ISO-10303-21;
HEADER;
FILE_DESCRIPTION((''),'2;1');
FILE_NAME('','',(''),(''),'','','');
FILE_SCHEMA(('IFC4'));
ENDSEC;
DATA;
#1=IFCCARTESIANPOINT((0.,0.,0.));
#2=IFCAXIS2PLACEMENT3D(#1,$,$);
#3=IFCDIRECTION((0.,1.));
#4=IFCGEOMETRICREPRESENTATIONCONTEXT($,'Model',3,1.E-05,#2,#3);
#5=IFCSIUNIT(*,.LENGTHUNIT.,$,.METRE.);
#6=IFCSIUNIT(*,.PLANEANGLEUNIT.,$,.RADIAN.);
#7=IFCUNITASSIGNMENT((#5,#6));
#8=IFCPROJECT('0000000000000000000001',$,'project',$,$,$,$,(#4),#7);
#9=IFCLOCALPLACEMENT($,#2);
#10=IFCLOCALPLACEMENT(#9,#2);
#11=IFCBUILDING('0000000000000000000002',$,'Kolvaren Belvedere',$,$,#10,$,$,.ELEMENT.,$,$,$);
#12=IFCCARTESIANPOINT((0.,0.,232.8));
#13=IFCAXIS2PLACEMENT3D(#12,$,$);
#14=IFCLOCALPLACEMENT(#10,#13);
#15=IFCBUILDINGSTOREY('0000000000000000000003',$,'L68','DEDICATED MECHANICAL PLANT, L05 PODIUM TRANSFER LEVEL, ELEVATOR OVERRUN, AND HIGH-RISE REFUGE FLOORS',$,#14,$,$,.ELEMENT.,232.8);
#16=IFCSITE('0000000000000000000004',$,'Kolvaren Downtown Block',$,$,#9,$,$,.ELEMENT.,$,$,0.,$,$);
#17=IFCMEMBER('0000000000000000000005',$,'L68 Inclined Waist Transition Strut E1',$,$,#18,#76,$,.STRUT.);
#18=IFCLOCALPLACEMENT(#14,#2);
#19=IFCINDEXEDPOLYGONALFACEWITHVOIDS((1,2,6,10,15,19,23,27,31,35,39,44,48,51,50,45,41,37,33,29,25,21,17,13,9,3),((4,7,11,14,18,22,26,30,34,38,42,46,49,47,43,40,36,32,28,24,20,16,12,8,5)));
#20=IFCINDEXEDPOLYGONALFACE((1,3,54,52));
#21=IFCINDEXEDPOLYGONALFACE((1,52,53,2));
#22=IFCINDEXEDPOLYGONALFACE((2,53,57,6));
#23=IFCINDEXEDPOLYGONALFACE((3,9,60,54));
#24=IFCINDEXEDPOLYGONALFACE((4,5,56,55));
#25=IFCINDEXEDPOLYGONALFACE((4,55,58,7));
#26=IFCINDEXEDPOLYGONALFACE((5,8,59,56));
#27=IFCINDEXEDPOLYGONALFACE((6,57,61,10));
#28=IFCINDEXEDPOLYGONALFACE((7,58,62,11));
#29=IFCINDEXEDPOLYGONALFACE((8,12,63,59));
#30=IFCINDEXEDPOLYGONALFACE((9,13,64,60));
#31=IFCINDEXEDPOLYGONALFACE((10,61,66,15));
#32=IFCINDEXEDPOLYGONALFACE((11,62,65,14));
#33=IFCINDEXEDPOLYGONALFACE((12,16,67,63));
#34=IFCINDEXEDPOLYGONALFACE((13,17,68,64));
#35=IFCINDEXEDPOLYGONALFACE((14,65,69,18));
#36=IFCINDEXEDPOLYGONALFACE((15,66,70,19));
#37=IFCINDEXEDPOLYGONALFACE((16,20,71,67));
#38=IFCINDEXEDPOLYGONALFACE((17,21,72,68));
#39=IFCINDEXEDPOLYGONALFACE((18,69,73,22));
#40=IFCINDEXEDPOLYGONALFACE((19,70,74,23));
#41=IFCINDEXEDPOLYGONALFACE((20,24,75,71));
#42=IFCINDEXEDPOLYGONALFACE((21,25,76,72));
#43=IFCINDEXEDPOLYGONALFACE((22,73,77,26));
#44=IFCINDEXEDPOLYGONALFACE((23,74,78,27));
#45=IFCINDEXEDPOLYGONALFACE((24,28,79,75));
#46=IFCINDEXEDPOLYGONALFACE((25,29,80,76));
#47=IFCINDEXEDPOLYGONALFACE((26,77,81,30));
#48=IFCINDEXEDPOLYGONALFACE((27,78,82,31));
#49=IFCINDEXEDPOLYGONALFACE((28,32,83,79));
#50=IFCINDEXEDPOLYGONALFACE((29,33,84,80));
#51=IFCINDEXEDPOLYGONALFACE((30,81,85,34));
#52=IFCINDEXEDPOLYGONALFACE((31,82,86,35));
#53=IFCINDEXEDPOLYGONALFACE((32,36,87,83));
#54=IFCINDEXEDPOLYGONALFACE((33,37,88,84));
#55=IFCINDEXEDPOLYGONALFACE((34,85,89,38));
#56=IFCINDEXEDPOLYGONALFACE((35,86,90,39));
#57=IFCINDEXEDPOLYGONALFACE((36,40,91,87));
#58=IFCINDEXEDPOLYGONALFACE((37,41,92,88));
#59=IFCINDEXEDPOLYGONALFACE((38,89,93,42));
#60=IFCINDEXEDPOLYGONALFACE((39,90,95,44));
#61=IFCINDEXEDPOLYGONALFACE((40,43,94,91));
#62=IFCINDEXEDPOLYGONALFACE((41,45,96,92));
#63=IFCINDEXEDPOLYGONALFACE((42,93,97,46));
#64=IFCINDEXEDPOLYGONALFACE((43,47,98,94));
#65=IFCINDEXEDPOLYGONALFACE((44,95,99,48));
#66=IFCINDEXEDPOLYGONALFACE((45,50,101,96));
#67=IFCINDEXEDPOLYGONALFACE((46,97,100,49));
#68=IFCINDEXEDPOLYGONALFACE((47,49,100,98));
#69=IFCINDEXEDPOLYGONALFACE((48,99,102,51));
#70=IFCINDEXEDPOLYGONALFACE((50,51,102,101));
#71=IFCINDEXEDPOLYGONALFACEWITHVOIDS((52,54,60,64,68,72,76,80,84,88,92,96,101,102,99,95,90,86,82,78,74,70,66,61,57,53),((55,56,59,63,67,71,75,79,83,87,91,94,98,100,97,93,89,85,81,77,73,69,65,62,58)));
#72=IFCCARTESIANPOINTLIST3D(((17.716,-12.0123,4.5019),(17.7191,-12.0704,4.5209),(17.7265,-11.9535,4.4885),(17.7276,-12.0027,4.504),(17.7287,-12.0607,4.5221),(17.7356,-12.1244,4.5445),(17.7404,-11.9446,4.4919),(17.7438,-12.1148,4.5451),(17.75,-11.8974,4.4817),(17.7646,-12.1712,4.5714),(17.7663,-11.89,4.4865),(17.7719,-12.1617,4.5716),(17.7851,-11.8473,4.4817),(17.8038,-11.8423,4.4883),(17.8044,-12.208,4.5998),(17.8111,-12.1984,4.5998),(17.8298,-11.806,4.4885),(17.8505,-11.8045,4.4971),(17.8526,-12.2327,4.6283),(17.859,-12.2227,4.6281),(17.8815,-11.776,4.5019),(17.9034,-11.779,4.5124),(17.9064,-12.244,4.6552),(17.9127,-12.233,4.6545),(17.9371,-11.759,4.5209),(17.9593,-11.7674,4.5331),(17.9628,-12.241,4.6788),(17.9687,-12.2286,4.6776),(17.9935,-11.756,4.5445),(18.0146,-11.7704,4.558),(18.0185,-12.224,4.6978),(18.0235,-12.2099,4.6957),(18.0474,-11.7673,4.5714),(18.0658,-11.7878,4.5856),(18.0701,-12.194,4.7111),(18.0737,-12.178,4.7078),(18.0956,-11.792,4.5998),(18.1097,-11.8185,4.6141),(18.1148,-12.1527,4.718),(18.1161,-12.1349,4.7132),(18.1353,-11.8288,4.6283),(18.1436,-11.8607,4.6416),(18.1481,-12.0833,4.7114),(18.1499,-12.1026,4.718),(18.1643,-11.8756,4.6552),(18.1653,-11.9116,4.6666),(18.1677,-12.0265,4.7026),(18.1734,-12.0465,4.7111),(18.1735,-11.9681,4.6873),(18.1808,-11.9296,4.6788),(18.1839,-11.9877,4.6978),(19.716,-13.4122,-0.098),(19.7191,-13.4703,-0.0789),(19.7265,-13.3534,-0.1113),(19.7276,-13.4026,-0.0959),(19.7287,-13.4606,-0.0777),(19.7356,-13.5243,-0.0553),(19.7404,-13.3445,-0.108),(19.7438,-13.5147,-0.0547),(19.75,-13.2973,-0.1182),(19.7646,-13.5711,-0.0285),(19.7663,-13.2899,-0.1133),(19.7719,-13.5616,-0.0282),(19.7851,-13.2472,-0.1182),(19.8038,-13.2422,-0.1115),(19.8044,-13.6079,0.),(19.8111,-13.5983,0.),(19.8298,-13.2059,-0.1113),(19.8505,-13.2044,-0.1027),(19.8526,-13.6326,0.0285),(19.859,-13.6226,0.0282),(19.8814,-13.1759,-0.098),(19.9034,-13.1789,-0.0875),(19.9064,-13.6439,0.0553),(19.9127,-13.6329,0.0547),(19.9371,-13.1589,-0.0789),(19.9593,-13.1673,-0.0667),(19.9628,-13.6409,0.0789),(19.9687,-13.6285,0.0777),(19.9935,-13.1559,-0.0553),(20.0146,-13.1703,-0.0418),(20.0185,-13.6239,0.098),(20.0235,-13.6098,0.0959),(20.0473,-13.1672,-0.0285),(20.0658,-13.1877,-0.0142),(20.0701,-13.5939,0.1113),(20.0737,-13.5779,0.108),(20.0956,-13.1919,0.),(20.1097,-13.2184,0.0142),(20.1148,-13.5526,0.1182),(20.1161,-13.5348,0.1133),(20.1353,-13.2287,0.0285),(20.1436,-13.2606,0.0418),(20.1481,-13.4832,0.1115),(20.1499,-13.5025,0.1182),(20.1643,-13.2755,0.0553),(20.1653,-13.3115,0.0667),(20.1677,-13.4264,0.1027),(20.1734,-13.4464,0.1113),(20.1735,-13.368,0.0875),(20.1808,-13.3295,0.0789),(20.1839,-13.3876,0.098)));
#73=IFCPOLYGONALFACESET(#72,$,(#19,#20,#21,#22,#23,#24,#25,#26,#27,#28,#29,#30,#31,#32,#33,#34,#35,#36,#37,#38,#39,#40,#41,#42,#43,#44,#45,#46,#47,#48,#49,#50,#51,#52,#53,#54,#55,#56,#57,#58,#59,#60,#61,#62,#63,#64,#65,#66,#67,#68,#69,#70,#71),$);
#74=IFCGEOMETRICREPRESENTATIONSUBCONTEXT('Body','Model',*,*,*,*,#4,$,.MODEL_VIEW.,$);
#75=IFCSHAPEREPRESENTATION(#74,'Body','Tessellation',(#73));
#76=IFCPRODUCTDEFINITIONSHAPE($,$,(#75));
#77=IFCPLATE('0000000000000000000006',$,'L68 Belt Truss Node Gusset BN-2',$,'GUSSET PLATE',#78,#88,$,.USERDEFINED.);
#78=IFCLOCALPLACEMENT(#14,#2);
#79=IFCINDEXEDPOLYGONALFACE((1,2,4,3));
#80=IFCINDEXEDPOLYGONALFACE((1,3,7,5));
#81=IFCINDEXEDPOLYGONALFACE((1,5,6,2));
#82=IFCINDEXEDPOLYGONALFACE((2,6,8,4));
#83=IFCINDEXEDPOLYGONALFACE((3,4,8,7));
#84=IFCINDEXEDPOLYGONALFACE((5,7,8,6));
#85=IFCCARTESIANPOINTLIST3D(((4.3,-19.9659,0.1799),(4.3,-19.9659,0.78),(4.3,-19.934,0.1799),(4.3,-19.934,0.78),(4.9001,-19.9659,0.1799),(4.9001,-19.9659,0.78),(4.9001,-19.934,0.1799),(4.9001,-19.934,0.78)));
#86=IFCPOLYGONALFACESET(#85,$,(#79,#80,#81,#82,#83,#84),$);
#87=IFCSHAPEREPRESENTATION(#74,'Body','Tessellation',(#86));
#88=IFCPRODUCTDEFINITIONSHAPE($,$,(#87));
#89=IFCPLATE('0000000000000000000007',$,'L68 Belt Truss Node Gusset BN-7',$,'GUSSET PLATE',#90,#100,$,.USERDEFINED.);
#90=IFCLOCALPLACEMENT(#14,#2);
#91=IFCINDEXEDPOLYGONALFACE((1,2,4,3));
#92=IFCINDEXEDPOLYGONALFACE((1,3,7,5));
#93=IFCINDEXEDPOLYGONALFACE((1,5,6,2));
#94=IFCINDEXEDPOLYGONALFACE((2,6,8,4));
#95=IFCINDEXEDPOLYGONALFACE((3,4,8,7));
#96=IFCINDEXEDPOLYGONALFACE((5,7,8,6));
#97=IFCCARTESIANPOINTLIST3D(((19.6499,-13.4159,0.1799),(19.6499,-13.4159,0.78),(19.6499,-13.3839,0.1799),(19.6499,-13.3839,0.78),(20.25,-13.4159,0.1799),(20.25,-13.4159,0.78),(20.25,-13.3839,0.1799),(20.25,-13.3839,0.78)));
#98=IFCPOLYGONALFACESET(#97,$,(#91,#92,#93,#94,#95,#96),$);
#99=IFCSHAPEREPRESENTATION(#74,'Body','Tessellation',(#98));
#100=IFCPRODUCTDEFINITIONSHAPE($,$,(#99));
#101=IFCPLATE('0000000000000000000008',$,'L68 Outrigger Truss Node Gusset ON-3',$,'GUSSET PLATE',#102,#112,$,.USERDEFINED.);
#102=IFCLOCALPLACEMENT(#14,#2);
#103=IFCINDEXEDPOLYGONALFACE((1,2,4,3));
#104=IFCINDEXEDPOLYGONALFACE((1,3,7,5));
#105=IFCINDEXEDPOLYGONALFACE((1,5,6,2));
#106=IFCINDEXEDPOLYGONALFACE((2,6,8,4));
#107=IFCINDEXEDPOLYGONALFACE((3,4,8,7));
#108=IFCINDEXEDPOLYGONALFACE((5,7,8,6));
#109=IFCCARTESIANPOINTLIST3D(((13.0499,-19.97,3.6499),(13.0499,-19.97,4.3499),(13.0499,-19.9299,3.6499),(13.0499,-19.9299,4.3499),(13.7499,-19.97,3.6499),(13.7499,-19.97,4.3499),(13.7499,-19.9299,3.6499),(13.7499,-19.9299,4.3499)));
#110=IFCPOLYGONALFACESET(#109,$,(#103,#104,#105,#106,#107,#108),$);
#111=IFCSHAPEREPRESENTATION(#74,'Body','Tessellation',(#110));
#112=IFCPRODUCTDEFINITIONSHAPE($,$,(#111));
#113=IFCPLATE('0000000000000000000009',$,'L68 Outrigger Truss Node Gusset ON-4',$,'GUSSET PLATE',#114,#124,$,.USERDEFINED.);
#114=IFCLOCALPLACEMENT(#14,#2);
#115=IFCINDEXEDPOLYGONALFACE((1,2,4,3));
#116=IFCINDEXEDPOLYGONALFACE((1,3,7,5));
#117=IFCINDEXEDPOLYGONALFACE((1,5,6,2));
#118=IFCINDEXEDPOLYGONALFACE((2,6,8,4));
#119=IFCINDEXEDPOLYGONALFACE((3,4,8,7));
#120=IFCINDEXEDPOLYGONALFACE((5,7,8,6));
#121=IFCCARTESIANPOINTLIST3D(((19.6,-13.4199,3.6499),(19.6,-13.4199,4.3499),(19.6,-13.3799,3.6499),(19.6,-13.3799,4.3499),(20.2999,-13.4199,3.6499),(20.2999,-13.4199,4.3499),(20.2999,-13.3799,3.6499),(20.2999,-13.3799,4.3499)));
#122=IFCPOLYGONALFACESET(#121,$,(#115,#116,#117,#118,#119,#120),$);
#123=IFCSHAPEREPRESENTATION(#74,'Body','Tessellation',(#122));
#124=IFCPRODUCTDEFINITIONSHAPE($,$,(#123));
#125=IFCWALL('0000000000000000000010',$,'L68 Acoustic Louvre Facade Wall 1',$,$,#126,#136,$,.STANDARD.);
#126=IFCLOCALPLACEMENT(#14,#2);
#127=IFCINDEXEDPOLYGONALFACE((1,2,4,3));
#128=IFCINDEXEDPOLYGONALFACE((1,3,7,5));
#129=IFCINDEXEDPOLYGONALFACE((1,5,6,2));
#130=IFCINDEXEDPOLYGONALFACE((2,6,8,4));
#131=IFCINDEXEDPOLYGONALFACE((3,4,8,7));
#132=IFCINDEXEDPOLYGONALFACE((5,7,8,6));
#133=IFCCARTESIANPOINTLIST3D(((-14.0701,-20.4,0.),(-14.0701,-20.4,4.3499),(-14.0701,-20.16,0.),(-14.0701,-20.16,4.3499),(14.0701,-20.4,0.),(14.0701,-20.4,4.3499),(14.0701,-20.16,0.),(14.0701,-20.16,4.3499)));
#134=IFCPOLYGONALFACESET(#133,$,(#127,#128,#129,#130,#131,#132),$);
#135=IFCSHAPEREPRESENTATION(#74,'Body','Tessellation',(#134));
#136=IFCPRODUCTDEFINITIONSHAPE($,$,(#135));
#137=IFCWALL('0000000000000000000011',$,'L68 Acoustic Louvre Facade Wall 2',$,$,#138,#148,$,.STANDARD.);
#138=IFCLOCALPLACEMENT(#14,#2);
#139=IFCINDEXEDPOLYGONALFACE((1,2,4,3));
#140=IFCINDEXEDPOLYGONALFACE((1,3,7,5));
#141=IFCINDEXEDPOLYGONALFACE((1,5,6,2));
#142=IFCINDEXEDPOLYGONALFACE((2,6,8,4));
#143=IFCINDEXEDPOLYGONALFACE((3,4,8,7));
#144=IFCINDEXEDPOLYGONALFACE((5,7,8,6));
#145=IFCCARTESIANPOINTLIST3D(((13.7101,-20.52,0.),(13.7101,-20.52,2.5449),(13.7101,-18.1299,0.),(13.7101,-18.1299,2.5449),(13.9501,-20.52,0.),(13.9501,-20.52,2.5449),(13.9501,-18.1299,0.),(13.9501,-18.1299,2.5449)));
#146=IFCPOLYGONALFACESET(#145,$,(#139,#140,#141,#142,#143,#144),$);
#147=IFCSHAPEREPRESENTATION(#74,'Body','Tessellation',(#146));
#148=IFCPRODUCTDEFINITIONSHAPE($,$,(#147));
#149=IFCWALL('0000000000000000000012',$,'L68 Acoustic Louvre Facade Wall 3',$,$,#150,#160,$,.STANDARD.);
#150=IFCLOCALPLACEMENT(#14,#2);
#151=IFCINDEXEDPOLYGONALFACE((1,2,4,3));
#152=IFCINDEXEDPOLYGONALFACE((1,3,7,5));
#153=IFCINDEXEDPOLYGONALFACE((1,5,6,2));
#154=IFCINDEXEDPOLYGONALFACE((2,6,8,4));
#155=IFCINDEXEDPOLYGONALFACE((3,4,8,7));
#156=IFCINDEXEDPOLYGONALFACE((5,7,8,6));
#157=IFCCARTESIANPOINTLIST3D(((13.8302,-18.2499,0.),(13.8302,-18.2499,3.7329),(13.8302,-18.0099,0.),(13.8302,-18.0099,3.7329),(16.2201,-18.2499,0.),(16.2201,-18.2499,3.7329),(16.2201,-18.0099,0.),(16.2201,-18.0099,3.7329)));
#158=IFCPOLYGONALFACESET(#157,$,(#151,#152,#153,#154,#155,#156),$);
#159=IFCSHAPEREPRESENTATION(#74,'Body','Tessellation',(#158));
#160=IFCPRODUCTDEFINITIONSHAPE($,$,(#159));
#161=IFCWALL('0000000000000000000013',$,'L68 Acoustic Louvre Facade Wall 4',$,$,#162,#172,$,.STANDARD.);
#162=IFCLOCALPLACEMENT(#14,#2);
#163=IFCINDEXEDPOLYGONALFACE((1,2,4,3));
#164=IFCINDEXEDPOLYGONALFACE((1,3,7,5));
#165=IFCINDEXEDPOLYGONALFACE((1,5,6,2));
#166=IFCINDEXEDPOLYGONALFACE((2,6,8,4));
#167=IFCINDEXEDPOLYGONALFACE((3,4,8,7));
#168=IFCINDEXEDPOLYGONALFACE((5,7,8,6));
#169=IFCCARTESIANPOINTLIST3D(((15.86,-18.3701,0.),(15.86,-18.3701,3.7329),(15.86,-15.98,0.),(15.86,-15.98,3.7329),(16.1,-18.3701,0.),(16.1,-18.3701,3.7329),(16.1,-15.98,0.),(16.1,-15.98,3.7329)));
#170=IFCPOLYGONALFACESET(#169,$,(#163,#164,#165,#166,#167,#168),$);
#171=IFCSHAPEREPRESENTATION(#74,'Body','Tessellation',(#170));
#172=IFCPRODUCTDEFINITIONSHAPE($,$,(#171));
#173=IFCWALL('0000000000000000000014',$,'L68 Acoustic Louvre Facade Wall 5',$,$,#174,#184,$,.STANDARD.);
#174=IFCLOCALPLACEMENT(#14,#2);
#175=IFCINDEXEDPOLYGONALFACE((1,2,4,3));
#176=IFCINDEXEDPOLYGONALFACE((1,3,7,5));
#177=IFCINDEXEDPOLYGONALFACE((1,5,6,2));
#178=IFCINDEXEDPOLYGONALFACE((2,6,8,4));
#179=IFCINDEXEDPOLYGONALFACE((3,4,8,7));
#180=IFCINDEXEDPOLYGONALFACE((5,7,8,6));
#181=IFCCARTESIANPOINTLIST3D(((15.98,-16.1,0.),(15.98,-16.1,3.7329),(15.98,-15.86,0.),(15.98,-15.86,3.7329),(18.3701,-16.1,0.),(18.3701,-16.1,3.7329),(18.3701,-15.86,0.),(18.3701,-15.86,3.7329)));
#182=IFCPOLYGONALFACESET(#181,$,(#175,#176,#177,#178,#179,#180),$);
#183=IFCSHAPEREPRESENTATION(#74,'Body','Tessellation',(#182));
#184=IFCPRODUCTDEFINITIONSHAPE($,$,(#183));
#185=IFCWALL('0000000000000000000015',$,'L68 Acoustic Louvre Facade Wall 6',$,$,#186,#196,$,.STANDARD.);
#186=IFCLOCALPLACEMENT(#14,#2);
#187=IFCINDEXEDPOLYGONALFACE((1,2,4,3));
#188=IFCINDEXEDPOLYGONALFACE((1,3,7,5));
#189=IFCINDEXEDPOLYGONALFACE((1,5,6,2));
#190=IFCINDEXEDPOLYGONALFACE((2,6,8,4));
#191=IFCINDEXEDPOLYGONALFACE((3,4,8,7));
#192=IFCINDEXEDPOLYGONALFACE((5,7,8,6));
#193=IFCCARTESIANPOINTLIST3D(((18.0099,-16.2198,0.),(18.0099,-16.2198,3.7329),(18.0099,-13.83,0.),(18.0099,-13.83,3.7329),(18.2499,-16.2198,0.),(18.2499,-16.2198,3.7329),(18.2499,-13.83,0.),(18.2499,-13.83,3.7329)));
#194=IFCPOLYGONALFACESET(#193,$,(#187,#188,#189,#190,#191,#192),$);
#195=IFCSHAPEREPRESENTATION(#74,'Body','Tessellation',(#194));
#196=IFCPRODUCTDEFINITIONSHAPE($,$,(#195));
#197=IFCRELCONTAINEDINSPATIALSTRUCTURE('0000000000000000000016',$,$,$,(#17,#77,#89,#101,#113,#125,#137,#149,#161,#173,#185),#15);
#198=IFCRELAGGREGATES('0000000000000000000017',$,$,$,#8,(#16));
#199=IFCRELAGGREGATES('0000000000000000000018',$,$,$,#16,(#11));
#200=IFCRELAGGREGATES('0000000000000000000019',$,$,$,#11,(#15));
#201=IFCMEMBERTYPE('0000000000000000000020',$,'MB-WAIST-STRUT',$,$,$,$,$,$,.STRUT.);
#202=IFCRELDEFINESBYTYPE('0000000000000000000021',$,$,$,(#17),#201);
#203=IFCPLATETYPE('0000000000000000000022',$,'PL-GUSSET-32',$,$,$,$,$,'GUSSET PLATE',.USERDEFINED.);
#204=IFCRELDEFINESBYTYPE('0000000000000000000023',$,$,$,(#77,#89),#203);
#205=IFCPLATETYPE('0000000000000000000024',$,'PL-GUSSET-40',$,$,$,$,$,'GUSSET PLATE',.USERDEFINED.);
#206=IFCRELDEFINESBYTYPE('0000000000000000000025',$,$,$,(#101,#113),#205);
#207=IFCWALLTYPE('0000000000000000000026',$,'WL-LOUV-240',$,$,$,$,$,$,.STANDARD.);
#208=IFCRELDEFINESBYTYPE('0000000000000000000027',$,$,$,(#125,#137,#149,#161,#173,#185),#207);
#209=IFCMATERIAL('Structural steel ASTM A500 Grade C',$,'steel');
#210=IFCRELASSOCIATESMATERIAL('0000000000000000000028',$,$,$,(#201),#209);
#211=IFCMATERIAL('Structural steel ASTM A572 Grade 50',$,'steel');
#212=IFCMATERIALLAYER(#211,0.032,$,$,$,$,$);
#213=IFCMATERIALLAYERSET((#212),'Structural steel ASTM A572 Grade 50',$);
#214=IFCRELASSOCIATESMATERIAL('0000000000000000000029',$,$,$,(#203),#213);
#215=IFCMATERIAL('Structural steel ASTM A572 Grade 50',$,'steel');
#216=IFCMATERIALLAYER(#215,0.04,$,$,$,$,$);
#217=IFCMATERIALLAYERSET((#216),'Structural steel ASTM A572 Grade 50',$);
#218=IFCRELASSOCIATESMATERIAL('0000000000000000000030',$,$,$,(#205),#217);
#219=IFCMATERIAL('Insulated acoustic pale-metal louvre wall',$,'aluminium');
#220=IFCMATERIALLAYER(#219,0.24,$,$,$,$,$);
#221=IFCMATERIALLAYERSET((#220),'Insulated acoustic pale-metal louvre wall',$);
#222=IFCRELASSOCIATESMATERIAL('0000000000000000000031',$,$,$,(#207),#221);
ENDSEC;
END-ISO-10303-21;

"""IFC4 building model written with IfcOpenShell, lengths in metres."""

from ifc_helpers import new_model, si_unit, direction, frame, frame_2d, origin, origin_2d, place, context, subcontext, project, spatial, rectangle, hollow_circle, extrude, material, layer, layer_set, material_profile, profile_set, type_object, element, save


model = new_model("IFC4")

# Units and contexts
model_context = context("Model", 3, precision=1e-05, world=origin(), true_north=direction((0.0, 1.0)))
body_context = subcontext(model_context, "Body", "Model", "MODEL_VIEW")
ifc_project = project(units=[si_unit("LENGTHUNIT", "METRE"), si_unit("PLANEANGLEUNIT", "RADIAN")], contexts=[model_context])

# Site, building, storey
site_placement = place(None, origin())
site = spatial("IfcSite", under=ifc_project, at=site_placement, Name="Kolvaren Downtown Block", CompositionType="ELEMENT", RefElevation=0.0)
building_placement = place(site_placement, origin())
building = spatial("IfcBuilding", under=site, at=building_placement, Name="Kolvaren Belvedere", CompositionType="ELEMENT")
storey_placement = place(building_placement, frame((0.0, 0.0, 232.8)))
storey = spatial("IfcBuildingStorey", under=building, at=storey_placement, Name="L68", Description="DEDICATED MECHANICAL PLANT, L05 PODIUM TRANSFER LEVEL, ELEVATOR OVERRUN, AND HIGH-RISE REFUGE FLOORS", CompositionType="ELEMENT", Elevation=232.8)

# Member
ifc_material_1 = material(Name="Structural steel ASTM A500 Grade C", Category="steel")
ifc_material_profile_1 = material_profile(ifc_material_1, hollow_circle(Radius=0.2539, WallThickness=0.0117, at=origin_2d()), Name="HSS20.000X0.500")
ifc_profile_set_1 = profile_set([ifc_material_profile_1], Name="Structural steel ASTM A500 Grade C")
member_type_1 = type_object("IfcMemberType", Name="MB-WAIST-STRUT", PredefinedType="STRUT", material=ifc_profile_set_1)
for number, where, z_axis, x_axis, name in (
    (1, (19.95, -13.3999, 0.0), (-0.384059, 0.268823, 0.883308), (-0.573435, -0.819251, 0.0), "L68 Inclined Waist Transition Strut E1"),
):
    element("IfcMember", number, at=place(storey_placement, frame(where, z_axis=z_axis, x_axis=x_axis)), inside=storey, type_object=member_type_1, Name=name, PredefinedType="STRUT", context=body_context, shape_type="SweptSolid", body=[
        extrude(hollow_circle(Radius=0.2539, WallThickness=0.0117, at=origin_2d()), origin(), (0.0, 0.0, 1.0), 5.2075),
    ])

# Plates
ifc_material_2 = material(Name="Structural steel ASTM A572 Grade 50", Category="steel")
ifc_layer_1 = layer(ifc_material_2, 0.032)
ifc_layer_set_1 = layer_set([ifc_layer_1], Name="Structural steel ASTM A572 Grade 50")
plate_type_1 = type_object("IfcPlateType", Name="PL-GUSSET-32", ElementType="GUSSET PLATE", PredefinedType="USERDEFINED", material=ifc_layer_set_1)
for number, where, z_axis, x_axis, name in (
    (2, (4.6001, -19.95, 0.1799), (0.0, 0.0, 1.0), (1.0, 0.0, 0.0), "L68 Belt Truss Node Gusset BN-2"),
    (3, (19.95, -13.3999, 0.1799), (0.0, 0.0, 1.0), (1.0, 0.0, 0.0), "L68 Belt Truss Node Gusset BN-7"),
):
    element("IfcPlate", number, at=place(storey_placement, frame(where, z_axis=z_axis, x_axis=x_axis)), inside=storey, type_object=plate_type_1, Name=name, ObjectType="GUSSET PLATE", PredefinedType="USERDEFINED", context=body_context, shape_type="SweptSolid", body=[
        extrude(rectangle(XDim=0.6001, YDim=0.032, at=origin_2d()), origin(), (0.0, 0.0, 1.0), 0.6001),
    ])
ifc_material_3 = material(Name="Structural steel ASTM A572 Grade 50", Category="steel")
ifc_layer_2 = layer(ifc_material_3, 0.04)
ifc_layer_set_2 = layer_set([ifc_layer_2], Name="Structural steel ASTM A572 Grade 50")
plate_type_2 = type_object("IfcPlateType", Name="PL-GUSSET-40", ElementType="GUSSET PLATE", PredefinedType="USERDEFINED", material=ifc_layer_set_2)
for number, where, z_axis, x_axis, name in (
    (4, (13.3999, -19.95, 3.6499), (0.0, 0.0, 1.0), (1.0, 0.0, 0.0), "L68 Outrigger Truss Node Gusset ON-3"),
    (5, (19.95, -13.3999, 3.6499), (0.0, 0.0, 1.0), (1.0, 0.0, 0.0), "L68 Outrigger Truss Node Gusset ON-4"),
):
    element("IfcPlate", number, at=place(storey_placement, frame(where, z_axis=z_axis, x_axis=x_axis)), inside=storey, type_object=plate_type_2, Name=name, ObjectType="GUSSET PLATE", PredefinedType="USERDEFINED", context=body_context, shape_type="SweptSolid", body=[
        extrude(rectangle(XDim=0.7, YDim=0.04, at=origin_2d()), origin(), (0.0, 0.0, 1.0), 0.7),
    ])

# Walls
ifc_material_4 = material(Name="Insulated acoustic pale-metal louvre wall", Category="aluminium")
ifc_layer_3 = layer(ifc_material_4, 0.24)
ifc_layer_set_3 = layer_set([ifc_layer_3], Name="Insulated acoustic pale-metal louvre wall")
wall_type_1 = type_object("IfcWallType", Name="WL-LOUV-240", PredefinedType="STANDARD", material=ifc_layer_set_3)
wall_1_placement = place(storey_placement, frame((14.0701, -20.28, 0.0), z_axis=(0.0, 0.0, 1.0), x_axis=(-1.0, 0.0, 0.0)))
element("IfcWall", 6, at=wall_1_placement, inside=storey, type_object=wall_type_1, Name="L68 Acoustic Louvre Facade Wall 1", PredefinedType="STANDARD", context=body_context, shape_type="SweptSolid", body=[
    extrude(rectangle(XDim=28.1401, YDim=0.24, at=frame_2d((14.0701, 0.0))), origin(), (0.0, 0.0, 1.0), 4.3499),
])
wall_2_placement = place(storey_placement, frame((13.8301, -18.1299, 0.0), z_axis=(0.0, 0.0, 1.0), x_axis=(0.0, -1.0, 0.0)))
element("IfcWall", 7, at=wall_2_placement, inside=storey, type_object=wall_type_1, Name="L68 Acoustic Louvre Facade Wall 2", PredefinedType="STANDARD", context=body_context, shape_type="SweptSolid", body=[
    extrude(rectangle(XDim=2.3901, YDim=0.24, at=frame_2d((1.1951, 0.0))), origin(), (0.0, 0.0, 1.0), 2.5449),
])
wall_3_placement = place(storey_placement, frame((16.22, -18.1299, 0.0), z_axis=(0.0, 0.0, 1.0), x_axis=(-1.0, 0.0, 0.0)))
element("IfcWall", 8, at=wall_3_placement, inside=storey, type_object=wall_type_1, Name="L68 Acoustic Louvre Facade Wall 3", PredefinedType="STANDARD", context=body_context, shape_type="SweptSolid", body=[
    extrude(rectangle(XDim=2.3899, YDim=0.24, at=frame_2d((1.1948, 0.0))), origin(), (0.0, 0.0, 1.0), 3.7329),
])
for number, where, z_axis, x_axis, name in (
    (9, (15.98, -15.98, 0.0), (0.0, 0.0, 1.0), (0.0, -1.0, 0.0), "L68 Acoustic Louvre Facade Wall 4"),
    (10, (18.3701, -15.98, 0.0), (0.0, 0.0, 1.0), (-1.0, 0.0, 0.0), "L68 Acoustic Louvre Facade Wall 5"),
):
    element("IfcWall", number, at=place(storey_placement, frame(where, z_axis=z_axis, x_axis=x_axis)), inside=storey, type_object=wall_type_1, Name=name, PredefinedType="STANDARD", context=body_context, shape_type="SweptSolid", body=[
        extrude(rectangle(XDim=2.3901, YDim=0.24, at=frame_2d((1.1951, 0.0))), origin(), (0.0, 0.0, 1.0), 3.7329),
    ])
wall_4_placement = place(storey_placement, frame((18.1299, -13.8301, 0.0), z_axis=(0.0, 0.0, 1.0), x_axis=(0.0, -1.0, 0.0)))
element("IfcWall", 11, at=wall_4_placement, inside=storey, type_object=wall_type_1, Name="L68 Acoustic Louvre Facade Wall 6", PredefinedType="STANDARD", context=body_context, shape_type="SweptSolid", body=[
    extrude(rectangle(XDim=2.3899, YDim=0.24, at=frame_2d((1.1948, 0.0))), origin(), (0.0, 0.0, 1.0), 3.7329),
])

save(model, "model.ifc")
